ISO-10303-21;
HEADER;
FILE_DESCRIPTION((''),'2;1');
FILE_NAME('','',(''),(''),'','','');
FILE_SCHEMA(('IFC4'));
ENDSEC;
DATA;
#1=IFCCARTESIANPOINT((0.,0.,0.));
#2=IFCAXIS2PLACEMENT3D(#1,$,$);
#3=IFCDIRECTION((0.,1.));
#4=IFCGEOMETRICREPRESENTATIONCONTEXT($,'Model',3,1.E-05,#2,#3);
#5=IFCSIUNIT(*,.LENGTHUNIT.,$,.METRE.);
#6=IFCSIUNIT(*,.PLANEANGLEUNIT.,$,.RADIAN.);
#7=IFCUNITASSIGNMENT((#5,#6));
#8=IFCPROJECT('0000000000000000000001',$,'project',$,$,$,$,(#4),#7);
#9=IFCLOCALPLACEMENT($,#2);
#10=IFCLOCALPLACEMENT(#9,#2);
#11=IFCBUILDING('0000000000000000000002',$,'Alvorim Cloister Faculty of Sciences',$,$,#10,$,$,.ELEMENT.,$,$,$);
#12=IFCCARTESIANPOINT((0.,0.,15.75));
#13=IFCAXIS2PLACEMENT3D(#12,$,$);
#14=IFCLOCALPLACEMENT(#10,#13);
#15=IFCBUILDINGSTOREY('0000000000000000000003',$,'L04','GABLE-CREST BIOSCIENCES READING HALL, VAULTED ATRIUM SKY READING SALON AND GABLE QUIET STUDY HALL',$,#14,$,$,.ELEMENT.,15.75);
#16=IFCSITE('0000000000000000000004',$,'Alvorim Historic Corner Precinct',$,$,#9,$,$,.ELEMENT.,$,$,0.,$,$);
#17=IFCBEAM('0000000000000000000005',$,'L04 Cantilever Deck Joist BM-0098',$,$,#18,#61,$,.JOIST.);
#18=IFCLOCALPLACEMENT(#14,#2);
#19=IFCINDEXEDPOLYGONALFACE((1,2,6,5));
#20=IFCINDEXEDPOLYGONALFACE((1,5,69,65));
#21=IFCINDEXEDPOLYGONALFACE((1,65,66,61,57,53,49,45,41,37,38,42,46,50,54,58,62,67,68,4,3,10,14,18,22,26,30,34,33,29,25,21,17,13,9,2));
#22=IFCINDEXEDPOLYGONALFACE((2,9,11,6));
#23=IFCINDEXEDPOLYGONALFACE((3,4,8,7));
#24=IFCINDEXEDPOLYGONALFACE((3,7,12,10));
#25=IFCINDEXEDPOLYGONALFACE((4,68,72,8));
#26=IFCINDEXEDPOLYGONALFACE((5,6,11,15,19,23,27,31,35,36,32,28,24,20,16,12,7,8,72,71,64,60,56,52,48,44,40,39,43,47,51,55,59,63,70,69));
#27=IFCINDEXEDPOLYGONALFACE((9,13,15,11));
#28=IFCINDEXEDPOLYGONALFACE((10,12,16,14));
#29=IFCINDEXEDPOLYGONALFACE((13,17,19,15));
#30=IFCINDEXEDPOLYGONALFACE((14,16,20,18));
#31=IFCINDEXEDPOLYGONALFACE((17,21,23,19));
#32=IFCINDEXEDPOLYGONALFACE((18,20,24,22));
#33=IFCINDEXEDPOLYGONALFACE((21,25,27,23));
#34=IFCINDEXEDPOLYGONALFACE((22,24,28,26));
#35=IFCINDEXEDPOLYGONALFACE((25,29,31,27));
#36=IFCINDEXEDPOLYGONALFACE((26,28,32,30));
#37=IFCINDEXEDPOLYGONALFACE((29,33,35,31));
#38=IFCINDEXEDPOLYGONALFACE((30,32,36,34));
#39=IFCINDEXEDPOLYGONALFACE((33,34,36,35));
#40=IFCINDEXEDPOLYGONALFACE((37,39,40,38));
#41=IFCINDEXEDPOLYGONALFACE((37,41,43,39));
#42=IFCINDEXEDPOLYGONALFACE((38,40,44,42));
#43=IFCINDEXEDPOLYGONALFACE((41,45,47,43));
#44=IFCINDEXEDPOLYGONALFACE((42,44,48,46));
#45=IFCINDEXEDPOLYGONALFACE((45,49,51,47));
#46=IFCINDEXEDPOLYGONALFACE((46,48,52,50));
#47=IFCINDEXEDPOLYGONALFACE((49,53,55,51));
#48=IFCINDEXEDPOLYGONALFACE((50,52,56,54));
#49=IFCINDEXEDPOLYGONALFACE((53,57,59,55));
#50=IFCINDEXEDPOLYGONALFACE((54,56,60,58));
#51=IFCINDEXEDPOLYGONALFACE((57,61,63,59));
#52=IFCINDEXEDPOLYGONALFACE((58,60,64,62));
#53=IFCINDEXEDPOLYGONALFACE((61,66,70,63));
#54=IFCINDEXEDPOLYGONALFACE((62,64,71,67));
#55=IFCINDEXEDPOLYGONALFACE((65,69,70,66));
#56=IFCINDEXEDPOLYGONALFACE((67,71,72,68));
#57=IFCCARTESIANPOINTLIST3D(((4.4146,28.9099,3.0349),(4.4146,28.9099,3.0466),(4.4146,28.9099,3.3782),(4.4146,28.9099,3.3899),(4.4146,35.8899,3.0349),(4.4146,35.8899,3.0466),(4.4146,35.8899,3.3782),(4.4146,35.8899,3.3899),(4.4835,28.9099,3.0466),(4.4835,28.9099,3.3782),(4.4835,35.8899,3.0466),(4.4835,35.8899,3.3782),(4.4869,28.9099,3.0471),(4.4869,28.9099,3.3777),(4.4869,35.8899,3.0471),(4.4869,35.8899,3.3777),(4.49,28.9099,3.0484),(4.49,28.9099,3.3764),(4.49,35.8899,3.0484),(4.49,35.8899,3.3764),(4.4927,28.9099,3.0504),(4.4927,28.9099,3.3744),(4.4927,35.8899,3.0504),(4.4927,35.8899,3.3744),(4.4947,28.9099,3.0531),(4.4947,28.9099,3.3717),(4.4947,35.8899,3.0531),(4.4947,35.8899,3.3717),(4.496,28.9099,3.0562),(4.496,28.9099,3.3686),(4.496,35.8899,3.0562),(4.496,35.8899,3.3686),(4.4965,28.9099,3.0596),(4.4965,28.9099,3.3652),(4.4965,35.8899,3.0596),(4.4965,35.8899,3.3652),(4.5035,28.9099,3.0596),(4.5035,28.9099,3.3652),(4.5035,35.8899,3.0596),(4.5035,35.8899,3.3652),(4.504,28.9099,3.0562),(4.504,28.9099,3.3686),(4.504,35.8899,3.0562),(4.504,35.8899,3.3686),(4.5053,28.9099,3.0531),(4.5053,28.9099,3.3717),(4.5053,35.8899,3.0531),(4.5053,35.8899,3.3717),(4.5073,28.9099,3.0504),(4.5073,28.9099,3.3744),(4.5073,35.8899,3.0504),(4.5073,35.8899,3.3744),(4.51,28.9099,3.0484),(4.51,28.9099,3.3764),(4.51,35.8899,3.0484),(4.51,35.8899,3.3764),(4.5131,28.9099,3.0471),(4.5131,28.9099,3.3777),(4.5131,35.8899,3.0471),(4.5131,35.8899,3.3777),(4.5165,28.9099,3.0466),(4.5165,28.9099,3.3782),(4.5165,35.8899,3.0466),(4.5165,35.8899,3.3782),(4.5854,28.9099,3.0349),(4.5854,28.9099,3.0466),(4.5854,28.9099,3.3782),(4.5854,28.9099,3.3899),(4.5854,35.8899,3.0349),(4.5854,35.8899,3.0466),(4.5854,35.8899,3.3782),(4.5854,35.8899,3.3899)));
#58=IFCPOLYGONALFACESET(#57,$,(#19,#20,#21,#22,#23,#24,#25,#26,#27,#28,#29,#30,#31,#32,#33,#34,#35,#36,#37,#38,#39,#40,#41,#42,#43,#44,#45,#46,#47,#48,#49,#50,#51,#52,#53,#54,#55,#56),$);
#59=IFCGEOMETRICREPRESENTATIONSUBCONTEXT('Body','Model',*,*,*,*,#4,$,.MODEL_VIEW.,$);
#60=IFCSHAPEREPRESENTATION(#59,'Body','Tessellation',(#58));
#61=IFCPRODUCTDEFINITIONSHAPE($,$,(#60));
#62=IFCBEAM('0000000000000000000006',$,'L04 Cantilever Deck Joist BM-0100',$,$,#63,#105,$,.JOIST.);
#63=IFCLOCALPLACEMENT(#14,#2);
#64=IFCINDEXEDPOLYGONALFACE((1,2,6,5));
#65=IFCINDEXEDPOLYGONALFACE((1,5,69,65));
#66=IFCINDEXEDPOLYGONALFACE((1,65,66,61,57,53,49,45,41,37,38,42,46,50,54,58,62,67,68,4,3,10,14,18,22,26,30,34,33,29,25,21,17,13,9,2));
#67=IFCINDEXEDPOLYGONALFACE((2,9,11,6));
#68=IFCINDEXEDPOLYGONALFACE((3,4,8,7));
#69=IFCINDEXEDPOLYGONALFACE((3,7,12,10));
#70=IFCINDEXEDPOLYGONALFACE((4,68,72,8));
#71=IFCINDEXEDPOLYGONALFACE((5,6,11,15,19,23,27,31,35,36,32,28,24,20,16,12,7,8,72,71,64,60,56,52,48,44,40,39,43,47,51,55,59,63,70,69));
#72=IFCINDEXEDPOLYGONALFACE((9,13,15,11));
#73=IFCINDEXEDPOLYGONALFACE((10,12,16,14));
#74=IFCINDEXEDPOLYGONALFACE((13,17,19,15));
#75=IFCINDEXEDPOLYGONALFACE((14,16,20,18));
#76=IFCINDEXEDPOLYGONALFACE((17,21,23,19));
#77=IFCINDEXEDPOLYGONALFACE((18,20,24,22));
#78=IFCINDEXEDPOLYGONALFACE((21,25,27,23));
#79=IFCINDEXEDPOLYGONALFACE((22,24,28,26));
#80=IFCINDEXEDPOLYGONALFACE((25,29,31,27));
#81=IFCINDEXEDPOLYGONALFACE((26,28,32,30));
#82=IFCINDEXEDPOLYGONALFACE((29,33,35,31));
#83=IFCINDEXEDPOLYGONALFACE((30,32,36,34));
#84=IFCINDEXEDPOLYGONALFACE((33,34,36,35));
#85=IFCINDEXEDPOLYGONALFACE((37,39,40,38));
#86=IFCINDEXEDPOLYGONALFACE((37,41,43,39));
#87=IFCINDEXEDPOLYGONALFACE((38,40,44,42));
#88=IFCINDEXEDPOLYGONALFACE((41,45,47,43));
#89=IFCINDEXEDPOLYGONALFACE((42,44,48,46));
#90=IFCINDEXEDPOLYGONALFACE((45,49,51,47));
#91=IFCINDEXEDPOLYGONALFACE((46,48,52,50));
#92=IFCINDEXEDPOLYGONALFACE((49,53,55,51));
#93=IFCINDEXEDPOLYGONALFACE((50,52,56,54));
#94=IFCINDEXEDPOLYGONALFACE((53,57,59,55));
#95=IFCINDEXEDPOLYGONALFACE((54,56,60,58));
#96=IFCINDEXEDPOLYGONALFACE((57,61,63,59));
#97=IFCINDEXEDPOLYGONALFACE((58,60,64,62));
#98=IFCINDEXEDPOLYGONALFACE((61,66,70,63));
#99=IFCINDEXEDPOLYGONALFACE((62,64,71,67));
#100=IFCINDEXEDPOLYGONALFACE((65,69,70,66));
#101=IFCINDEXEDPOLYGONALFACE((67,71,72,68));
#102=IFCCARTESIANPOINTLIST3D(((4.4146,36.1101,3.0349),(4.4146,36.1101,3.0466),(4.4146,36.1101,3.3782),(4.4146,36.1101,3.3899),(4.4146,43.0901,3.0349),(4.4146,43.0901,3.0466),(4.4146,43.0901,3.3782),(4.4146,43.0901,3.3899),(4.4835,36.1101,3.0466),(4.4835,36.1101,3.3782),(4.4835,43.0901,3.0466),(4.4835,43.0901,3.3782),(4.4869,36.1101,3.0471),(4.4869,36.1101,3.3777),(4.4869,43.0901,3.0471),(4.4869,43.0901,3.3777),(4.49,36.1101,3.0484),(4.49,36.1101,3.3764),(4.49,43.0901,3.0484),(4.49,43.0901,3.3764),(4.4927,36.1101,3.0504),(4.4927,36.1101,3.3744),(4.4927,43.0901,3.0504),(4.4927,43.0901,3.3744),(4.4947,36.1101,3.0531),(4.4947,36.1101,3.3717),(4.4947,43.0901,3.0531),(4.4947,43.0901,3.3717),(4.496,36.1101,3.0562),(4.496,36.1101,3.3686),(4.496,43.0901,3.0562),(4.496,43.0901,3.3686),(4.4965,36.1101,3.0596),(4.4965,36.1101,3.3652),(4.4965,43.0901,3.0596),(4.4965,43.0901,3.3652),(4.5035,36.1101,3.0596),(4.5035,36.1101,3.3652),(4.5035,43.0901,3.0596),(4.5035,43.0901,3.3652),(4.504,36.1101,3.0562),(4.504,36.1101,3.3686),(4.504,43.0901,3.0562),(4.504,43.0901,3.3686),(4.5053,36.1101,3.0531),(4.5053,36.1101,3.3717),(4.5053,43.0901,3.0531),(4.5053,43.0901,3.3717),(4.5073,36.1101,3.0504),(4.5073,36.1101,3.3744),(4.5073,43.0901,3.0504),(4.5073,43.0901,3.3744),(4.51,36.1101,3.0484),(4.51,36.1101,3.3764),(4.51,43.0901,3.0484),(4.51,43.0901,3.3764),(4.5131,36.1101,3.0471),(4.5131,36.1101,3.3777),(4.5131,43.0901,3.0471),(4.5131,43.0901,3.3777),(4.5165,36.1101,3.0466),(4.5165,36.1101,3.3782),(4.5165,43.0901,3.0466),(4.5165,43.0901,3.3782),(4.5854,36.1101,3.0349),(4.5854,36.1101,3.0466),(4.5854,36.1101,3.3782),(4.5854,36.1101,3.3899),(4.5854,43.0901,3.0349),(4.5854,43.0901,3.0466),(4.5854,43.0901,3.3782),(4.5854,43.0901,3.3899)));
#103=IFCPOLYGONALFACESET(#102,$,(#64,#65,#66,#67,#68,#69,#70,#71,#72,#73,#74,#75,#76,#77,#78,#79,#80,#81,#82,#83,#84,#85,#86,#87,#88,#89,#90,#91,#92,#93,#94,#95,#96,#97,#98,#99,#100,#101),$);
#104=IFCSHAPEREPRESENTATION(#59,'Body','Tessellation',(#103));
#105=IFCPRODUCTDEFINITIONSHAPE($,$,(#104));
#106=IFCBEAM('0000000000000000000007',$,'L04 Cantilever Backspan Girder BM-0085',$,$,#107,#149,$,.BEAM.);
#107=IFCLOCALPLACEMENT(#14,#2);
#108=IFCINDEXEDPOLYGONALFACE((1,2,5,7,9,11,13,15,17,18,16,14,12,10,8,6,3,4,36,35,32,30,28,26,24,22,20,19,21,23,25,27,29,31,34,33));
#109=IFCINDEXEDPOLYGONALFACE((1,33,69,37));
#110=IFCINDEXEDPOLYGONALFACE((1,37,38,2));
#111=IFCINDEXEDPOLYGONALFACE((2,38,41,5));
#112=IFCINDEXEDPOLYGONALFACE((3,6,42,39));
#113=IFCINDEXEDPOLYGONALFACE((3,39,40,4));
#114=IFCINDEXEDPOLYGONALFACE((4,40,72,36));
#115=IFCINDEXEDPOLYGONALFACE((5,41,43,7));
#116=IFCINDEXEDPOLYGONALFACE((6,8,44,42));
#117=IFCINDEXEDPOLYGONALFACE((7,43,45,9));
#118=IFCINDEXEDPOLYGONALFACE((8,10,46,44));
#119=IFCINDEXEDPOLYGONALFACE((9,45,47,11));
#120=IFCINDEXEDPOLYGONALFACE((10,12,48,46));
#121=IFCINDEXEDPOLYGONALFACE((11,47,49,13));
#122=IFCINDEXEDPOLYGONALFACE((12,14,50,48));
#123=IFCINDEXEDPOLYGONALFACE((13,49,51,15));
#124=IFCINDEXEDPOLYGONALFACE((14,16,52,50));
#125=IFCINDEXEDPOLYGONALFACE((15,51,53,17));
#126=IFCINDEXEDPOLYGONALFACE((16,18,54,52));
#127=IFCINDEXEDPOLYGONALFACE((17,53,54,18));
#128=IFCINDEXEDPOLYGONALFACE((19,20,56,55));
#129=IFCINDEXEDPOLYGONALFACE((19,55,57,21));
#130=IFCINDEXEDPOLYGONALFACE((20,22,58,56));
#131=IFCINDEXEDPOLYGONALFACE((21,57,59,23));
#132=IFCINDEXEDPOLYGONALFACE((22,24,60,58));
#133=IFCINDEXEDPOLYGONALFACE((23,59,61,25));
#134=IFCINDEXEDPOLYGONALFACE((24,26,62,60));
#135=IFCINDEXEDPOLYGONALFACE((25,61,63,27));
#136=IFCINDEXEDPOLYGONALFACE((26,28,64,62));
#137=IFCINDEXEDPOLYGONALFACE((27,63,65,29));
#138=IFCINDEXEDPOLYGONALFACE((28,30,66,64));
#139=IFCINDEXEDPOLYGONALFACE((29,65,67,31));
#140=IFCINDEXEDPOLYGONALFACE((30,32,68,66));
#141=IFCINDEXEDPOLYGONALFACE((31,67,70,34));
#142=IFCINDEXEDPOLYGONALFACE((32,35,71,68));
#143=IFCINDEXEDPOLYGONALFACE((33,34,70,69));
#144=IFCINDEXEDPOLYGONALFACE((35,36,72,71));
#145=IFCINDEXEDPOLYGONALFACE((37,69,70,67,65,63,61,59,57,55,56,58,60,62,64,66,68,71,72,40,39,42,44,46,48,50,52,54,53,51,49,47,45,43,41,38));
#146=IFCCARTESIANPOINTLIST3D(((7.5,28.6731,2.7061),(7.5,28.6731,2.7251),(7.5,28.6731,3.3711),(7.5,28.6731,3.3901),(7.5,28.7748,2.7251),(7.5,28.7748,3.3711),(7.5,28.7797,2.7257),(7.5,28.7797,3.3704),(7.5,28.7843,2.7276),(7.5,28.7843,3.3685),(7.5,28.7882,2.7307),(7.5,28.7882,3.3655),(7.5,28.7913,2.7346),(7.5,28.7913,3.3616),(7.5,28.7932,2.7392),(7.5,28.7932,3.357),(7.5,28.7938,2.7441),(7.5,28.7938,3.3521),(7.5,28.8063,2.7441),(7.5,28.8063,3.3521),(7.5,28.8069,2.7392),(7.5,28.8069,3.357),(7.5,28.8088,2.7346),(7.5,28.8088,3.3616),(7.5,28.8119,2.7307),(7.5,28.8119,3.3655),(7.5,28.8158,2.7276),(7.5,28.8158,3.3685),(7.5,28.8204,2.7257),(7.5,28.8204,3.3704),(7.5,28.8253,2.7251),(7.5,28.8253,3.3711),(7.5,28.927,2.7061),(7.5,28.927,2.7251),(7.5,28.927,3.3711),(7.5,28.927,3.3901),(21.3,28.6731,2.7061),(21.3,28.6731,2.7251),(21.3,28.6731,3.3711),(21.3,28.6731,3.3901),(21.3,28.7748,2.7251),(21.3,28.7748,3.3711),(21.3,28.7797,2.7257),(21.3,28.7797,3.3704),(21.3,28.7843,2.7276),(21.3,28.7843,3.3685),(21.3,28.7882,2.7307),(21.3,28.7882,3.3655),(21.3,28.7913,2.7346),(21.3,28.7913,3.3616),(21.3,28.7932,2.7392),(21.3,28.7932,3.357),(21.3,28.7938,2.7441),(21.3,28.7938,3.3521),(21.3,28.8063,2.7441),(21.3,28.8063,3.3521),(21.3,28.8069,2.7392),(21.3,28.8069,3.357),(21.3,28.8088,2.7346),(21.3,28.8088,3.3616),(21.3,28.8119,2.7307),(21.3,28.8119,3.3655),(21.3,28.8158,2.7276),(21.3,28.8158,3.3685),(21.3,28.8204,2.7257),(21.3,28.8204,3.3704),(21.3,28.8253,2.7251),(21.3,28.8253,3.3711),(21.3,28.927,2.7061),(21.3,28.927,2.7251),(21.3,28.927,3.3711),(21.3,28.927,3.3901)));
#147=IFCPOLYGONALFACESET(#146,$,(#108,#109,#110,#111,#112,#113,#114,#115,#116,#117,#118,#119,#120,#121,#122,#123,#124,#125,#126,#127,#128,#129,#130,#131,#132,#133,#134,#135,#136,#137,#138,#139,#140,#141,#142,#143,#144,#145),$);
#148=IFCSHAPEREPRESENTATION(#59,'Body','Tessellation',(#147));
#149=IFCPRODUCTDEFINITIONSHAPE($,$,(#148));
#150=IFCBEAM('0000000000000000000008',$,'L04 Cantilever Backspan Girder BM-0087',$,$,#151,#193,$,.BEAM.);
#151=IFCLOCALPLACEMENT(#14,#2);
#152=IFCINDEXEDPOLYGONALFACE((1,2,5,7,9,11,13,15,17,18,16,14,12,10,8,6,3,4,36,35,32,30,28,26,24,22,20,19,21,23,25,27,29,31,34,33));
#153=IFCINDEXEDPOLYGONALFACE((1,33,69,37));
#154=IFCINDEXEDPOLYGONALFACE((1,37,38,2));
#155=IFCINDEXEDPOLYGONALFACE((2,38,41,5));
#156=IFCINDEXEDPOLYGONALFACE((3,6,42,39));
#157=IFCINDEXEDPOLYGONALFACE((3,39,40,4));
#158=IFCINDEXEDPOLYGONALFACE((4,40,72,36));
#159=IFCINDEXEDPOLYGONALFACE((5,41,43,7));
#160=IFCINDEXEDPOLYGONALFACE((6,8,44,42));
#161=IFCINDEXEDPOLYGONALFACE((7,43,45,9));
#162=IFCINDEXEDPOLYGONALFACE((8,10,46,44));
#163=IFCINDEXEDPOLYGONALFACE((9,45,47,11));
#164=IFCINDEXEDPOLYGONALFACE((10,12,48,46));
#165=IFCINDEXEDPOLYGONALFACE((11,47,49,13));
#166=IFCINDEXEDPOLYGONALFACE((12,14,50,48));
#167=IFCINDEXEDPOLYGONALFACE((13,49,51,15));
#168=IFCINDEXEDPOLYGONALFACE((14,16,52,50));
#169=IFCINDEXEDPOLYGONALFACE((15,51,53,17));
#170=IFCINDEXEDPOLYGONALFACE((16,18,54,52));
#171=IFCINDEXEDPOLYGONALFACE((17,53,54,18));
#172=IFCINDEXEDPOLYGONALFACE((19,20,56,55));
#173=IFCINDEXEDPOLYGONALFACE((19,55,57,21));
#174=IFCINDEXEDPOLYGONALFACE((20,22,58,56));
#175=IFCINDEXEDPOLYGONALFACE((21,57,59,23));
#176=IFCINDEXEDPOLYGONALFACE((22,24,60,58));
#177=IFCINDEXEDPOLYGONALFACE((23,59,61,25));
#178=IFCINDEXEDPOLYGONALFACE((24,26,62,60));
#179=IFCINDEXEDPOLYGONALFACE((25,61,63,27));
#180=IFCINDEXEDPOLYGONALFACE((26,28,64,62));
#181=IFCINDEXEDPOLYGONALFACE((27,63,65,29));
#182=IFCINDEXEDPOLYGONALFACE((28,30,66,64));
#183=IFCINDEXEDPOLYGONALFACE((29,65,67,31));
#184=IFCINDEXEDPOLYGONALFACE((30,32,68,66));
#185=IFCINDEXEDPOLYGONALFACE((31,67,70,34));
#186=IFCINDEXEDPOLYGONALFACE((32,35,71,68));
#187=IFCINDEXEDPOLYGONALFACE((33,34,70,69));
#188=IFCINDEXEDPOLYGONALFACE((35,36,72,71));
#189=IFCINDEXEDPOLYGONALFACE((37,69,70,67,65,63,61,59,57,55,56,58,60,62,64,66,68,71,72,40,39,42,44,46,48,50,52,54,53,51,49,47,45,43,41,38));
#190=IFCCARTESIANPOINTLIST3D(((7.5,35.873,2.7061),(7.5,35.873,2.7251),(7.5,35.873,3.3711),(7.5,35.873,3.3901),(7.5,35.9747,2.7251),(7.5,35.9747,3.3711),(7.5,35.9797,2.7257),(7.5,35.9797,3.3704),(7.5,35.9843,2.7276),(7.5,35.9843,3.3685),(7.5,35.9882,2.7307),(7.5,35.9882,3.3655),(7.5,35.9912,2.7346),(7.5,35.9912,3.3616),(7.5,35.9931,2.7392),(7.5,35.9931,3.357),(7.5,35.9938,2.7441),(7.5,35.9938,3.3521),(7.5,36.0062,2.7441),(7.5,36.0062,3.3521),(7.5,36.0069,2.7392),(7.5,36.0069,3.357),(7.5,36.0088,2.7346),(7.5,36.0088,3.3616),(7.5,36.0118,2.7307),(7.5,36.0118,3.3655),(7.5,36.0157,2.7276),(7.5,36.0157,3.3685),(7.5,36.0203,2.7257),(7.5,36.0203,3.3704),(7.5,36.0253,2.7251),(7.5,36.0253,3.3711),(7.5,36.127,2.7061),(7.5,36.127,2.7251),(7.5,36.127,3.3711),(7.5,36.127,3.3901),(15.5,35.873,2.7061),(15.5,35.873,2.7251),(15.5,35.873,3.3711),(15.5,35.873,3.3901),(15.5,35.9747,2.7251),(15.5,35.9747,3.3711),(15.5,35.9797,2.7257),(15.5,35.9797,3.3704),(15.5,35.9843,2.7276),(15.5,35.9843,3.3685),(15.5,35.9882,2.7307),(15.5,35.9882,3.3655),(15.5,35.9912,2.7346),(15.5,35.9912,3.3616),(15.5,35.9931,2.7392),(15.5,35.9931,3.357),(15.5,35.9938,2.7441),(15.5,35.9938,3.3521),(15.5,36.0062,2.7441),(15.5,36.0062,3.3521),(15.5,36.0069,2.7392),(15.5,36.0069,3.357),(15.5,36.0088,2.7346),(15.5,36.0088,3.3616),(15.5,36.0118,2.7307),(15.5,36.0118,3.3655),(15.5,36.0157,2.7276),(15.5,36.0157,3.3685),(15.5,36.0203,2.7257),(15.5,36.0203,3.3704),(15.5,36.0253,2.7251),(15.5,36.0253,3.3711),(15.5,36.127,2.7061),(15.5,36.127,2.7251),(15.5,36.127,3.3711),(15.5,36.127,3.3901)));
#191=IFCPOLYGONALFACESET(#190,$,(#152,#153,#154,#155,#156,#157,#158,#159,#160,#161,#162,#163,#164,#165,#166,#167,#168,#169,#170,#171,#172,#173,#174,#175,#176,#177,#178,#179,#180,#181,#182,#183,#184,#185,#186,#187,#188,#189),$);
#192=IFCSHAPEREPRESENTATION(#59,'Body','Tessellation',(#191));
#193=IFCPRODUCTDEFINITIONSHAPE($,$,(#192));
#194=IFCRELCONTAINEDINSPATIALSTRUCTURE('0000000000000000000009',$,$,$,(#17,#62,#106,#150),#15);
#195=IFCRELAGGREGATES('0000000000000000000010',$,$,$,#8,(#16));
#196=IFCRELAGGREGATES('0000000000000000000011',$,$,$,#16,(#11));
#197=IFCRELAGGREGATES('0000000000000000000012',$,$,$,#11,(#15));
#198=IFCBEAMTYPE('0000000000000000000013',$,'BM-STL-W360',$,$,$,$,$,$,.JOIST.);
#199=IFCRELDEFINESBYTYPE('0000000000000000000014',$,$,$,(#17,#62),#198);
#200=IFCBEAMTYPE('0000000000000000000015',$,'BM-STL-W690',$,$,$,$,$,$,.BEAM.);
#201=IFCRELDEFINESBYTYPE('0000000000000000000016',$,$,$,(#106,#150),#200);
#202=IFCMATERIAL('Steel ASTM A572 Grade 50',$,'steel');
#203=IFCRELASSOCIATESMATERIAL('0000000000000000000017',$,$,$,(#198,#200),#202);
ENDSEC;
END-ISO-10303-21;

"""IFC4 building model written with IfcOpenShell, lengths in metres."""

from ifc_helpers import new_model, si_unit, direction, frame, origin, origin_2d, place, context, subcontext, project, spatial, i_section, extrude, material, material_profile, profile_set, type_object, element, save


model = new_model("IFC4")

# Units and contexts
model_context = context("Model", 3, precision=1e-05, world=origin(), true_north=direction((0.0, 1.0)))
body_context = subcontext(model_context, "Body", "Model", "MODEL_VIEW")
ifc_project = project(units=[si_unit("LENGTHUNIT", "METRE"), si_unit("PLANEANGLEUNIT", "RADIAN")], contexts=[model_context])

# Site, building, storey
site_placement = place(None, origin())
site = spatial("IfcSite", under=ifc_project, at=site_placement, Name="Alvorim Historic Corner Precinct", CompositionType="ELEMENT", RefElevation=0.0)
building_placement = place(site_placement, origin())
building = spatial("IfcBuilding", under=site, at=building_placement, Name="Alvorim Cloister Faculty of Sciences", CompositionType="ELEMENT")
storey_placement = place(building_placement, frame((0.0, 0.0, 15.75)))
storey = spatial("IfcBuildingStorey", under=building, at=storey_placement, Name="L04", Description="GABLE-CREST BIOSCIENCES READING HALL, VAULTED ATRIUM SKY READING SALON AND GABLE QUIET STUDY HALL", CompositionType="ELEMENT", Elevation=15.75)

# Beams
ifc_material_1 = material(Name="Steel ASTM A572 Grade 50", Category="steel")
ifc_material_profile_1 = material_profile(ifc_material_1, i_section(OverallWidth=0.1709, OverallDepth=0.355, WebThickness=0.0071, FlangeThickness=0.0117, FilletRadius=0.0129, at=origin_2d()), Name="W360x51.0")
ifc_profile_set_1 = profile_set([ifc_material_profile_1], Name="Steel ASTM A572 Grade 50")
beam_type_1 = type_object("IfcBeamType", Name="BM-STL-W360", PredefinedType="JOIST", material=ifc_profile_set_1)
for number, where, z_axis, x_axis, name in (
    (1, (4.5, 28.9099, 3.2124), (0.0, 1.0, 0.0), (-1.0, 0.0, 0.0), "L04 Cantilever Deck Joist BM-0098"),
    (2, (4.5, 36.1101, 3.2124), (0.0, 1.0, 0.0), (-1.0, 0.0, 0.0), "L04 Cantilever Deck Joist BM-0100"),
):
    element("IfcBeam", number, at=place(storey_placement, frame(where, z_axis=z_axis, x_axis=x_axis)), inside=storey, type_object=beam_type_1, Name=name, PredefinedType="JOIST", context=body_context, shape_type="SweptSolid", body=[
        extrude(i_section(OverallWidth=0.1709, OverallDepth=0.355, WebThickness=0.0071, FlangeThickness=0.0117, FilletRadius=0.0129, at=origin_2d()), origin(), (0.0, 0.0, 1.0), 6.98),
    ])
ifc_material_profile_2 = material_profile(ifc_material_1, i_section(OverallWidth=0.2539, OverallDepth=0.6841, WebThickness=0.0125, FlangeThickness=0.019, FilletRadius=0.019, at=origin_2d()), Name="W690x140.0")
ifc_profile_set_2 = profile_set([ifc_material_profile_2], Name="Steel ASTM A572 Grade 50")
beam_type_2 = type_object("IfcBeamType", Name="BM-STL-W690", PredefinedType="BEAM", material=ifc_profile_set_2)
beam_1_placement = place(storey_placement, frame((7.5, 28.8, 3.0481), z_axis=(1.0, 0.0, 0.0), x_axis=(0.0, 1.0, 0.0)))
element("IfcBeam", 3, at=beam_1_placement, inside=storey, type_object=beam_type_2, Name="L04 Cantilever Backspan Girder BM-0085", PredefinedType="BEAM", context=body_context, shape_type="SweptSolid", body=[
    extrude(i_section(OverallWidth=0.2539, OverallDepth=0.6841, WebThickness=0.0125, FlangeThickness=0.019, FilletRadius=0.019, at=origin_2d()), origin(), (0.0, 0.0, 1.0), 13.8),
])
beam_2_placement = place(storey_placement, frame((7.5, 36.0, 3.0481), z_axis=(1.0, 0.0, 0.0), x_axis=(0.0, 1.0, 0.0)))
element("IfcBeam", 4, at=beam_2_placement, inside=storey, type_object=beam_type_2, Name="L04 Cantilever Backspan Girder BM-0087", PredefinedType="BEAM", context=body_context, shape_type="SweptSolid", body=[
    extrude(i_section(OverallWidth=0.2539, OverallDepth=0.6841, WebThickness=0.0125, FlangeThickness=0.019, FilletRadius=0.019, at=origin_2d()), origin(), (0.0, 0.0, 1.0), 8.0),
])

save(model, "model.ifc")
